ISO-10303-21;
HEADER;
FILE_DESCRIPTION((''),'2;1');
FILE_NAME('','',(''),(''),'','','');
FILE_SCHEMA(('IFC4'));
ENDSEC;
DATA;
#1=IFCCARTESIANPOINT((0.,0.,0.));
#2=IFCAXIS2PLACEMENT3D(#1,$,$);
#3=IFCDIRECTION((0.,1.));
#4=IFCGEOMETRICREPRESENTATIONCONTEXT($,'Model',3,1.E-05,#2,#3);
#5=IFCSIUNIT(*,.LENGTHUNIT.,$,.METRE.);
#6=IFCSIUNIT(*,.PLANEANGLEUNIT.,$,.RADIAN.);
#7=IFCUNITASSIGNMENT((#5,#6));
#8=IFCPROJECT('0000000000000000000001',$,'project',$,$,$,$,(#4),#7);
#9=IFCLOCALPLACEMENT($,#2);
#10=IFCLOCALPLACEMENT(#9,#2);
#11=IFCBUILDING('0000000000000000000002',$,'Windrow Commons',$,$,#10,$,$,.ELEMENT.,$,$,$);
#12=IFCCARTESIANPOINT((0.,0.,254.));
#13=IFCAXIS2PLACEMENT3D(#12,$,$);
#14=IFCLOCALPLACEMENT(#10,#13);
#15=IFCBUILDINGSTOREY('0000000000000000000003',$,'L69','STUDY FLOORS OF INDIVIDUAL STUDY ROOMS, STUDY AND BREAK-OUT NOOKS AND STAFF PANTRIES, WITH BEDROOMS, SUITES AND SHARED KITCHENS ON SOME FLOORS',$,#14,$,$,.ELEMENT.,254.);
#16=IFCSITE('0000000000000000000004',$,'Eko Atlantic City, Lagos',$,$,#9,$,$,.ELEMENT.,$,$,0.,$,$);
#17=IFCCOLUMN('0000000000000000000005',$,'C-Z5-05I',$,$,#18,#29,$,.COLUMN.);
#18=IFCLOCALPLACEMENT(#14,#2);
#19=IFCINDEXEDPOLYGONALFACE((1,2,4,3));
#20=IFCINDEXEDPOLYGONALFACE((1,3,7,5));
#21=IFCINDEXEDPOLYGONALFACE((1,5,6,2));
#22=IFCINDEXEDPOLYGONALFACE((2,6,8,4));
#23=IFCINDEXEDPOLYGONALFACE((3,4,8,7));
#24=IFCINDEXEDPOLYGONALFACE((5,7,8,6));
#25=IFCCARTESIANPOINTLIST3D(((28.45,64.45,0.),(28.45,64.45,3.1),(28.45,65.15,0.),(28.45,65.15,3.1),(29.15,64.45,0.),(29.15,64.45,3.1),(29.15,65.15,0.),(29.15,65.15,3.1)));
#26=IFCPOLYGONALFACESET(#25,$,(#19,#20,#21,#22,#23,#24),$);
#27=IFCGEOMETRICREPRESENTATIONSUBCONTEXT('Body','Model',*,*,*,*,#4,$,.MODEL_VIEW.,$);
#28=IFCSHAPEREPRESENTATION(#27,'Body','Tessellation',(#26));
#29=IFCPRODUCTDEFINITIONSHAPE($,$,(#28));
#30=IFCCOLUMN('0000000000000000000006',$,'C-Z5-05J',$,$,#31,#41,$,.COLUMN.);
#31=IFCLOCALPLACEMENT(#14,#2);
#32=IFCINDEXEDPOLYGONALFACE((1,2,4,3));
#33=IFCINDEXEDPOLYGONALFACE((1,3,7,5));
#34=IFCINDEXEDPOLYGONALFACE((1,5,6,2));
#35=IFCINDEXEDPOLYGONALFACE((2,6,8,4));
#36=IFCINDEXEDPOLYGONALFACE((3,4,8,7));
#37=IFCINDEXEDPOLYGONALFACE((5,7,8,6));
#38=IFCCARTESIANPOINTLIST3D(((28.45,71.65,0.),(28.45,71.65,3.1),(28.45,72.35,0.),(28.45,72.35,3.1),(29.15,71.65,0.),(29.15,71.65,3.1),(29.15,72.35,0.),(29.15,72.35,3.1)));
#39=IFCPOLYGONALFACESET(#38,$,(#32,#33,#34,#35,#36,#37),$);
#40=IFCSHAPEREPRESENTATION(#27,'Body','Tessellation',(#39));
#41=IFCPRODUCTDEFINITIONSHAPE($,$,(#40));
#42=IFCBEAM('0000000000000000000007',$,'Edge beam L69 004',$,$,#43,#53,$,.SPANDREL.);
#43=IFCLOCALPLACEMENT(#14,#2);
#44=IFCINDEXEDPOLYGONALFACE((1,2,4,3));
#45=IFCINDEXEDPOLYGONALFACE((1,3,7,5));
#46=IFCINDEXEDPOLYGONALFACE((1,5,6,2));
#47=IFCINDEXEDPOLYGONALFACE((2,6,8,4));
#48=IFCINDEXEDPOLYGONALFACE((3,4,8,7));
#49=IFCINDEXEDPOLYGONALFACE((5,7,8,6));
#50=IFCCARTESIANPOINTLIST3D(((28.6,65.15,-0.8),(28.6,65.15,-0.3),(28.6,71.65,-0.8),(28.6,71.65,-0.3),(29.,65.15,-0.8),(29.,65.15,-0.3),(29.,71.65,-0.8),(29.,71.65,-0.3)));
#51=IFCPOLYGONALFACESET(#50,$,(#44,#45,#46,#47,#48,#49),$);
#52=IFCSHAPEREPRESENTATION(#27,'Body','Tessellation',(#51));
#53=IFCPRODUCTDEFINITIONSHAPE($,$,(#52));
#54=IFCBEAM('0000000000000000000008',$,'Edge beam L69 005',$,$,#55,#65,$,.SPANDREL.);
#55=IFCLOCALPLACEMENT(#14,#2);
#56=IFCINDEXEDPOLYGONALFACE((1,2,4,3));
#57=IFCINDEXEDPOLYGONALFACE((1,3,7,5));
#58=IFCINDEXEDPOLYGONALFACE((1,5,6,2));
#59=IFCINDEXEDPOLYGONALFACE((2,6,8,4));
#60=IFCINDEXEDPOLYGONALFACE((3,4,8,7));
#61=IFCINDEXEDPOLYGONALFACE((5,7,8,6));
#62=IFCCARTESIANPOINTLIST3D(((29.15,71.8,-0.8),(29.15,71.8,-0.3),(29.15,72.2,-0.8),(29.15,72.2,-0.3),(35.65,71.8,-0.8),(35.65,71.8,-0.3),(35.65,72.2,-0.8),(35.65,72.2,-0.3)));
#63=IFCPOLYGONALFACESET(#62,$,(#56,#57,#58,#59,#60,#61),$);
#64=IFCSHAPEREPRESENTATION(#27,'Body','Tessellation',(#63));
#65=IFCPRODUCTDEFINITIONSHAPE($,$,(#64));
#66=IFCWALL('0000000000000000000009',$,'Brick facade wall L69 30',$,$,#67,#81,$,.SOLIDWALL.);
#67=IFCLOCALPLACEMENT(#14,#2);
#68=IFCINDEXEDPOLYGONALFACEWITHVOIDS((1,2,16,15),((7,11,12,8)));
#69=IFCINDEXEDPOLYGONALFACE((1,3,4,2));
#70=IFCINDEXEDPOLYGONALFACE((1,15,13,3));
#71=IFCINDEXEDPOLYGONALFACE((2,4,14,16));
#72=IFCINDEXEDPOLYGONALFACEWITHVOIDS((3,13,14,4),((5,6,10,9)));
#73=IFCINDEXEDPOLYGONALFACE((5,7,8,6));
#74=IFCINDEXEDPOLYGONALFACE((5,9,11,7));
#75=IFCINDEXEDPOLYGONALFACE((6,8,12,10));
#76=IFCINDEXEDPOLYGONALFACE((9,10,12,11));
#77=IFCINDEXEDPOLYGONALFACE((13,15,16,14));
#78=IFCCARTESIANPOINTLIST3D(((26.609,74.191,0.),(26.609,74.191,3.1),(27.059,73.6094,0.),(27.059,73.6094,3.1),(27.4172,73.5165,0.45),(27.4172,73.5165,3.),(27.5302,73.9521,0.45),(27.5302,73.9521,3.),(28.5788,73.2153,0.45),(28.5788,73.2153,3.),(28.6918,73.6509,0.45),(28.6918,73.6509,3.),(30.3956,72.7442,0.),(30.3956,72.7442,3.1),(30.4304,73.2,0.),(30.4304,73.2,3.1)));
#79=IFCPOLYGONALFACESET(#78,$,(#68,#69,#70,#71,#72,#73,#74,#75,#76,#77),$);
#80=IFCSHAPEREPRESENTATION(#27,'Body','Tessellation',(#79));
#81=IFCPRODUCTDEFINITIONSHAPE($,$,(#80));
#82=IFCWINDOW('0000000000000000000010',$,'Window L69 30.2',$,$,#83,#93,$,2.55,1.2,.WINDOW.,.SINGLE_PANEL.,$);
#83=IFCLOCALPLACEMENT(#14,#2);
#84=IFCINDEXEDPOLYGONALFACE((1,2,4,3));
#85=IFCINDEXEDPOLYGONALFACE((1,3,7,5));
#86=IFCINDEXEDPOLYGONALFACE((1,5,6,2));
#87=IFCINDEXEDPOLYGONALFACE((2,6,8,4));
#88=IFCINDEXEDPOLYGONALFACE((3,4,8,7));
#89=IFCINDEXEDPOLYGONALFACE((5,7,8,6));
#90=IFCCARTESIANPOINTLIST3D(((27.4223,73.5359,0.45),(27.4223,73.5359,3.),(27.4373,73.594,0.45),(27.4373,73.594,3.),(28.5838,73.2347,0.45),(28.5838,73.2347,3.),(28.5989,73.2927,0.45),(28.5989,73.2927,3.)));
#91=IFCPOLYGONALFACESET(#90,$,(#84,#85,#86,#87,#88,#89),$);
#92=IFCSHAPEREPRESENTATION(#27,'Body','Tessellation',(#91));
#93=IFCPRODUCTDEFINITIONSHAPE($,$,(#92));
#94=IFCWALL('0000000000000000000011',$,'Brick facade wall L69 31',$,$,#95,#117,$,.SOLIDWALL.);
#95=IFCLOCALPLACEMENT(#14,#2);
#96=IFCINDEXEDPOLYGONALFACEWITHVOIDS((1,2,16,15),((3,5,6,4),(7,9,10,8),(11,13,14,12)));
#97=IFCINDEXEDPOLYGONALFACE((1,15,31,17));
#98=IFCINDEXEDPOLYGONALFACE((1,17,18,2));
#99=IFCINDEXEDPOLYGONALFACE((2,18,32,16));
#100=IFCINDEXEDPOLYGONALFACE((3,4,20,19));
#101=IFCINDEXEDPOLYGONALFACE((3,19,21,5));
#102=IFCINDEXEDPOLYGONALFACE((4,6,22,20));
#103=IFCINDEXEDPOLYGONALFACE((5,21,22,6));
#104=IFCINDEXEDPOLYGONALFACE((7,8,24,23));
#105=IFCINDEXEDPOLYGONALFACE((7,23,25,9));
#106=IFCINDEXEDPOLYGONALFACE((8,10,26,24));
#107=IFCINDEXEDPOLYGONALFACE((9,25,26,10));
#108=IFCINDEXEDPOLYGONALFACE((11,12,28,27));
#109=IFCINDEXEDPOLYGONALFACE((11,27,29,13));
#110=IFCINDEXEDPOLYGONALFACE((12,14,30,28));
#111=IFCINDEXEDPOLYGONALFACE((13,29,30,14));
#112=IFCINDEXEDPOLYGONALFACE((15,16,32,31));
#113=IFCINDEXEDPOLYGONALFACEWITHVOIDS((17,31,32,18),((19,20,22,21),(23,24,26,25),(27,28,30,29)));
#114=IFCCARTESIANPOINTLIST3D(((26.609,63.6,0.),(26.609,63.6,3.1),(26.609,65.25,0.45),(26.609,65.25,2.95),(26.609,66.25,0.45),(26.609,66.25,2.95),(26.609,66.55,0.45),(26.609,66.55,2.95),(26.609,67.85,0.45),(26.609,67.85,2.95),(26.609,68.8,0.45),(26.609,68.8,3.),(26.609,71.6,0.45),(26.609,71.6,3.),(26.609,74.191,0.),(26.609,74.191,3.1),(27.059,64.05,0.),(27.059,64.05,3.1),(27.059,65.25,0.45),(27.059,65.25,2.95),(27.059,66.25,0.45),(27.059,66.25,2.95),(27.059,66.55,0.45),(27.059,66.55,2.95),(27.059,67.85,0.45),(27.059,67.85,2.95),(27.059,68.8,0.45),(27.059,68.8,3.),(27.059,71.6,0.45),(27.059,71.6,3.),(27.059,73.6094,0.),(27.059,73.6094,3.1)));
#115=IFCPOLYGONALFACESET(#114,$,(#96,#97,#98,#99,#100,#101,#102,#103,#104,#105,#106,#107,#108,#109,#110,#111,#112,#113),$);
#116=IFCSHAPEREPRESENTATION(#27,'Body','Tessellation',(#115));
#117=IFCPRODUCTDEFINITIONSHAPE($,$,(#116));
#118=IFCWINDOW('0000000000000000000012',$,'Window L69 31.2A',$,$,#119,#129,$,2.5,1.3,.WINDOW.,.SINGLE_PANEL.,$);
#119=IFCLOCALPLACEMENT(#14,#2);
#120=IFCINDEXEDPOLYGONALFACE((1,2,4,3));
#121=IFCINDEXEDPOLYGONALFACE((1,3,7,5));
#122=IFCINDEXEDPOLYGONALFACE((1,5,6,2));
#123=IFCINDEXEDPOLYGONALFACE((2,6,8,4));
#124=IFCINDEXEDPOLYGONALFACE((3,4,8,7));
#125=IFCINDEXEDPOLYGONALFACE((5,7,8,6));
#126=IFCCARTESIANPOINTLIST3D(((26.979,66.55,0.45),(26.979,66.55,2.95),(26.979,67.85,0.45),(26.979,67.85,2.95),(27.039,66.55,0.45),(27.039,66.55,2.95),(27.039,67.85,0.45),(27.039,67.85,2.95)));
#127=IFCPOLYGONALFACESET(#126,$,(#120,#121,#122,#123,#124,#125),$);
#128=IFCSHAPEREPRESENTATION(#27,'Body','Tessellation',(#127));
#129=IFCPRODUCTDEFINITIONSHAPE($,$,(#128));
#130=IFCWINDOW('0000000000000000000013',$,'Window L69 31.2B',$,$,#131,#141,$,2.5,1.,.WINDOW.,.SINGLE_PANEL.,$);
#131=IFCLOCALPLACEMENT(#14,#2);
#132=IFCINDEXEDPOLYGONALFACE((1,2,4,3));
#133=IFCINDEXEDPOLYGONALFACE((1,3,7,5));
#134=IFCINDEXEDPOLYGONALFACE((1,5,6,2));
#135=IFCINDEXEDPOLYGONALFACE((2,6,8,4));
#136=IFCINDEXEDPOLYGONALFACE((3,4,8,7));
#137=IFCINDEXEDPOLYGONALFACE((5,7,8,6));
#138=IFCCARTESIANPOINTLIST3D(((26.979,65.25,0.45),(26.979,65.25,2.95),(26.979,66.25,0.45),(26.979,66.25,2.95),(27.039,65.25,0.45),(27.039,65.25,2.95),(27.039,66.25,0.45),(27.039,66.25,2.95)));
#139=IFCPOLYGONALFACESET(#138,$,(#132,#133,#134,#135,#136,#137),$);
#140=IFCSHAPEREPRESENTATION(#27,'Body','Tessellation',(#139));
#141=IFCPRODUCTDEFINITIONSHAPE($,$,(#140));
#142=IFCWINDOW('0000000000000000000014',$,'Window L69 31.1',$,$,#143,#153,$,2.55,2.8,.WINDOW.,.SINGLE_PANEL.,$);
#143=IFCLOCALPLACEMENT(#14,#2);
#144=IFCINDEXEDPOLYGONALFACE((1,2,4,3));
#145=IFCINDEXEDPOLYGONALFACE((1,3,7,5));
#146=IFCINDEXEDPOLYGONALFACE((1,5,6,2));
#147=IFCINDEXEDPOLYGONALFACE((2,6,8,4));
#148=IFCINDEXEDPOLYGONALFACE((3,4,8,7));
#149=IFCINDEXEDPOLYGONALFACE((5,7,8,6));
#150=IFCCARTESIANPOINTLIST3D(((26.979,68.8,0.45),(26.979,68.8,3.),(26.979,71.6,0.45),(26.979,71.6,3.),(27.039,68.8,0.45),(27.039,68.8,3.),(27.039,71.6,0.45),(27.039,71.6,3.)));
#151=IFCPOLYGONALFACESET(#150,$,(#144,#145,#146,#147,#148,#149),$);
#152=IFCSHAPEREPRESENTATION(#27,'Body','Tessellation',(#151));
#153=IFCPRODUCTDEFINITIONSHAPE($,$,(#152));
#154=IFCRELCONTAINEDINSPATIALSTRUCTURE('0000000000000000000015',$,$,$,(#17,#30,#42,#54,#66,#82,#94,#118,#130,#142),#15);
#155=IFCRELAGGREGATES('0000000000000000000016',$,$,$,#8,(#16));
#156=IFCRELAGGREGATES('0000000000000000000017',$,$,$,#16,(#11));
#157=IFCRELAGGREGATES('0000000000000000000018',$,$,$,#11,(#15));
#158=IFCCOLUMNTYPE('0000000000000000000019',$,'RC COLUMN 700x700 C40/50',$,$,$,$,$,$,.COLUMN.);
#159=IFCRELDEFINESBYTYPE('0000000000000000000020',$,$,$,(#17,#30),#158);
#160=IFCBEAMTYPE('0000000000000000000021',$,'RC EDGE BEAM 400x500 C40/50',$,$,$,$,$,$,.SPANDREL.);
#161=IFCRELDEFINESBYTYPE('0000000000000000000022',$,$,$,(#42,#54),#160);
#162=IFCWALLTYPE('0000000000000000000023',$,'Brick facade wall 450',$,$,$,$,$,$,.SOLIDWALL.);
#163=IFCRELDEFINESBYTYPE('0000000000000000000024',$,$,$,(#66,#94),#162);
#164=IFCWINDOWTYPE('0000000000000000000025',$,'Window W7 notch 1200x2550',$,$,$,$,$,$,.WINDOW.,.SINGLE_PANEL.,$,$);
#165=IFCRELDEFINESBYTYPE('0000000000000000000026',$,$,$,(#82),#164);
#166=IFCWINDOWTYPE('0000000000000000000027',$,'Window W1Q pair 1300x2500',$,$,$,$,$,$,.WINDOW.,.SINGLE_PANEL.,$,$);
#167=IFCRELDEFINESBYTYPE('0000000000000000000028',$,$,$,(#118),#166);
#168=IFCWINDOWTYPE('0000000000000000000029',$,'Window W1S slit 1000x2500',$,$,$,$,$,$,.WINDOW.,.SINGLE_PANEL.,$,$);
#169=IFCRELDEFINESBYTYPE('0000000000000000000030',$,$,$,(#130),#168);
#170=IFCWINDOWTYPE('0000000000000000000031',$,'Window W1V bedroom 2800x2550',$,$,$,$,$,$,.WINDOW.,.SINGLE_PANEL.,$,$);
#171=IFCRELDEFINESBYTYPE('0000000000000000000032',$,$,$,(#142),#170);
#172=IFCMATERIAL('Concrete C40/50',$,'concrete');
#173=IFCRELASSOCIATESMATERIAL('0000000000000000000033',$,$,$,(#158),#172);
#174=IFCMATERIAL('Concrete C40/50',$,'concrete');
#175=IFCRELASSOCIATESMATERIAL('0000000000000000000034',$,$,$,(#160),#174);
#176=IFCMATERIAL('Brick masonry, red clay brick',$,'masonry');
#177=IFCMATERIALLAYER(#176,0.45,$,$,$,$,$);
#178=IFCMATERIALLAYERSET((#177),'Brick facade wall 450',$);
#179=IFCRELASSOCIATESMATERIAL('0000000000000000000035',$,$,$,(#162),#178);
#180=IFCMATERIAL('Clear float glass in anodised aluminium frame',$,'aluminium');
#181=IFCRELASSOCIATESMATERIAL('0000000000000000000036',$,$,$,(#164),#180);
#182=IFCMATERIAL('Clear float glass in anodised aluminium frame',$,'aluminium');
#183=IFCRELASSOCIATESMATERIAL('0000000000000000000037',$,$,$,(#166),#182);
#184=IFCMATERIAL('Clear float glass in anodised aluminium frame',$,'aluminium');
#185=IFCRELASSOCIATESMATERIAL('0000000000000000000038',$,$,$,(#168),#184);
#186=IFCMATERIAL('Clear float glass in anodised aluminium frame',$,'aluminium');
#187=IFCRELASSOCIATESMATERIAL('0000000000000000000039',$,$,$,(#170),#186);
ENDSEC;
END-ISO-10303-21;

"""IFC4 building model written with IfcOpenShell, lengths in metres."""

from ifc_helpers import new_model, si_unit, direction, frame, frame_2d, origin, origin_2d, place, context, subcontext, project, spatial, polyline, rectangle, outline, extrude, material, layer, layer_set, material_profile, profile_set, type_object, element, fill, save


model = new_model("IFC4")

# Units and contexts
model_context = context("Model", 3, precision=1e-05, world=origin(), true_north=direction((0.0, 1.0)))
body_context = subcontext(model_context, "Body", "Model", "MODEL_VIEW")
ifc_project = project(units=[si_unit("LENGTHUNIT", "METRE"), si_unit("PLANEANGLEUNIT", "RADIAN")], contexts=[model_context])

# Site, building, storey
site_placement = place(None, origin())
site = spatial("IfcSite", under=ifc_project, at=site_placement, Name="Eko Atlantic City, Lagos", CompositionType="ELEMENT", RefElevation=0.0)
building_placement = place(site_placement, origin())
building = spatial("IfcBuilding", under=site, at=building_placement, Name="Windrow Commons", CompositionType="ELEMENT")
storey_placement = place(building_placement, frame((0.0, 0.0, 254.0)))
storey = spatial("IfcBuildingStorey", under=building, at=storey_placement, Name="L69", Description="STUDY FLOORS OF INDIVIDUAL STUDY ROOMS, STUDY AND BREAK-OUT NOOKS AND STAFF PANTRIES, WITH BEDROOMS, SUITES AND SHARED KITCHENS ON SOME FLOORS", CompositionType="ELEMENT", Elevation=254.0)

# Columns
ifc_material_1 = material(Name="Concrete C40/50", Category="concrete")
ifc_material_profile_1 = material_profile(ifc_material_1, rectangle(XDim=0.7, YDim=0.7, at=origin_2d()))
ifc_profile_set_1 = profile_set([ifc_material_profile_1], Name="Concrete C40/50")
column_type = type_object("IfcColumnType", Name="RC COLUMN 700x700 C40/50", PredefinedType="COLUMN", material=ifc_profile_set_1)
for number, where, z_axis, x_axis, name in (
    (1, (28.8, 64.8, 0.0), (0.0, 0.0, 1.0), (1.0, 0.0, 0.0), "C-Z5-05I"),
    (2, (28.8, 72.0, 0.0), (0.0, 0.0, 1.0), (1.0, 0.0, 0.0), "C-Z5-05J"),
):
    element("IfcColumn", number, at=place(storey_placement, frame(where, z_axis=z_axis, x_axis=x_axis)), inside=storey, type_object=column_type, Name=name, PredefinedType="COLUMN", context=body_context, shape_type="SweptSolid", body=[
        extrude(rectangle(XDim=0.7, YDim=0.7, at=origin_2d()), origin(), (0.0, 0.0, 1.0), 3.1),
    ])

# Beams
ifc_material_2 = material(Name="Concrete C40/50", Category="concrete")
ifc_material_profile_2 = material_profile(ifc_material_2, rectangle(XDim=0.4, YDim=0.5, at=origin_2d()))
ifc_profile_set_2 = profile_set([ifc_material_profile_2], Name="Concrete C40/50")
beam_type = type_object("IfcBeamType", Name="RC EDGE BEAM 400x500 C40/50", PredefinedType="SPANDREL", material=ifc_profile_set_2)
for number, where, z_axis, x_axis, name in (
    (3, (28.8, 65.15, -0.55), (0.0, 1.0, 0.0), (-1.0, 0.0, 0.0), "Edge beam L69 004"),
    (4, (29.15, 72.0, -0.55), (1.0, 0.0, 0.0), (0.0, 1.0, 0.0), "Edge beam L69 005"),
):
    element("IfcBeam", number, at=place(storey_placement, frame(where, z_axis=z_axis, x_axis=x_axis)), inside=storey, type_object=beam_type, Name=name, PredefinedType="SPANDREL", context=body_context, shape_type="SweptSolid", body=[
        extrude(rectangle(XDim=0.4, YDim=0.5, at=origin_2d()), origin(), (0.0, 0.0, 1.0), 6.5),
    ])

# Wall, opening, window
ifc_material_3 = material(Name="Brick masonry, red clay brick", Category="masonry")
ifc_layer_1 = layer(ifc_material_3, 0.45)
ifc_layer_set_1 = layer_set([ifc_layer_1], Name="Brick facade wall 450")
wall_type_1 = type_object("IfcWallType", Name="Brick facade wall 450", PredefinedType="SOLIDWALL", material=ifc_layer_set_1)
wall_1_placement = place(storey_placement, frame((30.413, 72.9721, 0.0), z_axis=(0.0, 0.0, 1.0), x_axis=(-0.967983, 0.251016, 0.0)))
wall_1 = element("IfcWall", 5, at=wall_1_placement, inside=storey, type_object=wall_type_1, Name="Brick facade wall L69 30", PredefinedType="SOLIDWALL", context=body_context, shape_type="SweptSolid", body=[
    extrude(outline(polyline([(0.0404, -0.225), (3.9882, -0.225), (3.4066, 0.225), (-0.0404, 0.225), (0.0404, -0.225)])), origin(), (0.0, 0.0, 1.0), 3.1),
])
opening_1_placement = place(wall_1_placement, frame((1.8365, 0.0, 0.45)))
opening_1 = element("IfcOpeningElement", 6, at=opening_1_placement, cuts=wall_1, PredefinedType="OPENING", context=body_context, shape_type="SweptSolid", body=[
    extrude(rectangle(XDim=1.2, YDim=2.55, at=frame_2d((0.6, 1.275))), frame((0.0, 0.235, 0.0), z_axis=(0.0, -1.0, 0.0), x_axis=(1.0, 0.0, 0.0)), (0.0, 0.0, 1.0), 0.47),
])
ifc_material_4 = material(Name="Clear float glass in anodised aluminium frame", Category="aluminium")
window_type_1 = type_object("IfcWindowType", Name="Window W7 notch 1200x2550", PartitioningType="SINGLE_PANEL", PredefinedType="WINDOW", material=ifc_material_4)
window_1_placement = place(opening_1_placement, origin())
window_1 = element("IfcWindow", 7, at=window_1_placement, inside=storey, type_object=window_type_1, Name="Window L69 30.2", OverallHeight=2.55, OverallWidth=1.2, PartitioningType="SINGLE_PANEL", PredefinedType="WINDOW", context=body_context, shape_type="SweptSolid", body=[
    extrude(rectangle(XDim=1.2, YDim=2.55, at=frame_2d((0.6, 1.275))), frame((0.0, 0.205, 0.0), z_axis=(0.0, -1.0, 0.0), x_axis=(1.0, 0.0, 0.0)), (0.0, 0.0, 1.0), 0.06),
])
fill(opening_1, window_1)

# Wall, openings, windows
wall_2_placement = place(storey_placement, frame((26.834, 73.9002, 0.0), z_axis=(0.0, 0.0, 1.0), x_axis=(0.0, -1.0, 0.0)))
wall_2 = element("IfcWall", 8, at=wall_2_placement, inside=storey, type_object=wall_type_1, Name="Brick facade wall L69 31", PredefinedType="SOLIDWALL", context=body_context, shape_type="SweptSolid", body=[
    extrude(outline(polyline([(-0.2908, -0.225), (10.3002, -0.225), (9.8502, 0.225), (0.2908, 0.225), (-0.2908, -0.225)])), origin(), (0.0, 0.0, 1.0), 3.1),
])
opening_2_placement = place(wall_2_placement, frame((2.3002, 0.0, 0.45)))
opening_2 = element("IfcOpeningElement", 9, at=opening_2_placement, cuts=wall_2, PredefinedType="OPENING", context=body_context, shape_type="SweptSolid", body=[
    extrude(rectangle(XDim=2.8, YDim=2.55, at=frame_2d((1.4, 1.275))), frame((0.0, 0.235, 0.0), z_axis=(0.0, -1.0, 0.0), x_axis=(1.0, 0.0, 0.0)), (0.0, 0.0, 1.0), 0.47),
])
opening_3_placement = place(wall_2_placement, frame((6.0502, 0.0, 0.45)))
opening_3 = element("IfcOpeningElement", 10, at=opening_3_placement, cuts=wall_2, PredefinedType="OPENING", context=body_context, shape_type="SweptSolid", body=[
    extrude(rectangle(XDim=1.3, YDim=2.5, at=frame_2d((0.65, 1.25))), frame((0.0, 0.235, 0.0), z_axis=(0.0, -1.0, 0.0), x_axis=(1.0, 0.0, 0.0)), (0.0, 0.0, 1.0), 0.47),
])
opening_4_placement = place(wall_2_placement, frame((7.6502, 0.0, 0.45)))
opening_4 = element("IfcOpeningElement", 11, at=opening_4_placement, cuts=wall_2, PredefinedType="OPENING", context=body_context, shape_type="SweptSolid", body=[
    extrude(rectangle(XDim=1.0, YDim=2.5, at=frame_2d((0.5, 1.25))), frame((0.0, 0.235, 0.0), z_axis=(0.0, -1.0, 0.0), x_axis=(1.0, 0.0, 0.0)), (0.0, 0.0, 1.0), 0.47),
])
ifc_material_5 = material(Name="Clear float glass in anodised aluminium frame", Category="aluminium")
window_type_2 = type_object("IfcWindowType", Name="Window W1Q pair 1300x2500", PartitioningType="SINGLE_PANEL", PredefinedType="WINDOW", material=ifc_material_5)
window_2_placement = place(opening_3_placement, origin())
window_2 = element("IfcWindow", 12, at=window_2_placement, inside=storey, type_object=window_type_2, Name="Window L69 31.2A", OverallHeight=2.5, OverallWidth=1.3, PartitioningType="SINGLE_PANEL", PredefinedType="WINDOW", context=body_context, shape_type="SweptSolid", body=[
    extrude(rectangle(XDim=1.3, YDim=2.5, at=frame_2d((0.65, 1.25))), frame((0.0, 0.205, 0.0), z_axis=(0.0, -1.0, 0.0), x_axis=(1.0, 0.0, 0.0)), (0.0, 0.0, 1.0), 0.06),
])
fill(opening_3, window_2)
ifc_material_6 = material(Name="Clear float glass in anodised aluminium frame", Category="aluminium")
window_type_3 = type_object("IfcWindowType", Name="Window W1S slit 1000x2500", PartitioningType="SINGLE_PANEL", PredefinedType="WINDOW", material=ifc_material_6)
window_3_placement = place(opening_4_placement, origin())
window_3 = element("IfcWindow", 13, at=window_3_placement, inside=storey, type_object=window_type_3, Name="Window L69 31.2B", OverallHeight=2.5, OverallWidth=1.0, PartitioningType="SINGLE_PANEL", PredefinedType="WINDOW", context=body_context, shape_type="SweptSolid", body=[
    extrude(rectangle(XDim=1.0, YDim=2.5, at=frame_2d((0.5, 1.25))), frame((0.0, 0.205, 0.0), z_axis=(0.0, -1.0, 0.0), x_axis=(1.0, 0.0, 0.0)), (0.0, 0.0, 1.0), 0.06),
])
fill(opening_4, window_3)
ifc_material_7 = material(Name="Clear float glass in anodised aluminium frame", Category="aluminium")
window_type_4 = type_object("IfcWindowType", Name="Window W1V bedroom 2800x2550", PartitioningType="SINGLE_PANEL", PredefinedType="WINDOW", material=ifc_material_7)
window_4_placement = place(opening_2_placement, origin())
window_4 = element("IfcWindow", 14, at=window_4_placement, inside=storey, type_object=window_type_4, Name="Window L69 31.1", OverallHeight=2.55, OverallWidth=2.8, PartitioningType="SINGLE_PANEL", PredefinedType="WINDOW", context=body_context, shape_type="SweptSolid", body=[
    extrude(rectangle(XDim=2.8, YDim=2.55, at=frame_2d((1.4, 1.275))), frame((0.0, 0.205, 0.0), z_axis=(0.0, -1.0, 0.0), x_axis=(1.0, 0.0, 0.0)), (0.0, 0.0, 1.0), 0.06),
])
fill(opening_2, window_4)

save(model, "model.ifc")
